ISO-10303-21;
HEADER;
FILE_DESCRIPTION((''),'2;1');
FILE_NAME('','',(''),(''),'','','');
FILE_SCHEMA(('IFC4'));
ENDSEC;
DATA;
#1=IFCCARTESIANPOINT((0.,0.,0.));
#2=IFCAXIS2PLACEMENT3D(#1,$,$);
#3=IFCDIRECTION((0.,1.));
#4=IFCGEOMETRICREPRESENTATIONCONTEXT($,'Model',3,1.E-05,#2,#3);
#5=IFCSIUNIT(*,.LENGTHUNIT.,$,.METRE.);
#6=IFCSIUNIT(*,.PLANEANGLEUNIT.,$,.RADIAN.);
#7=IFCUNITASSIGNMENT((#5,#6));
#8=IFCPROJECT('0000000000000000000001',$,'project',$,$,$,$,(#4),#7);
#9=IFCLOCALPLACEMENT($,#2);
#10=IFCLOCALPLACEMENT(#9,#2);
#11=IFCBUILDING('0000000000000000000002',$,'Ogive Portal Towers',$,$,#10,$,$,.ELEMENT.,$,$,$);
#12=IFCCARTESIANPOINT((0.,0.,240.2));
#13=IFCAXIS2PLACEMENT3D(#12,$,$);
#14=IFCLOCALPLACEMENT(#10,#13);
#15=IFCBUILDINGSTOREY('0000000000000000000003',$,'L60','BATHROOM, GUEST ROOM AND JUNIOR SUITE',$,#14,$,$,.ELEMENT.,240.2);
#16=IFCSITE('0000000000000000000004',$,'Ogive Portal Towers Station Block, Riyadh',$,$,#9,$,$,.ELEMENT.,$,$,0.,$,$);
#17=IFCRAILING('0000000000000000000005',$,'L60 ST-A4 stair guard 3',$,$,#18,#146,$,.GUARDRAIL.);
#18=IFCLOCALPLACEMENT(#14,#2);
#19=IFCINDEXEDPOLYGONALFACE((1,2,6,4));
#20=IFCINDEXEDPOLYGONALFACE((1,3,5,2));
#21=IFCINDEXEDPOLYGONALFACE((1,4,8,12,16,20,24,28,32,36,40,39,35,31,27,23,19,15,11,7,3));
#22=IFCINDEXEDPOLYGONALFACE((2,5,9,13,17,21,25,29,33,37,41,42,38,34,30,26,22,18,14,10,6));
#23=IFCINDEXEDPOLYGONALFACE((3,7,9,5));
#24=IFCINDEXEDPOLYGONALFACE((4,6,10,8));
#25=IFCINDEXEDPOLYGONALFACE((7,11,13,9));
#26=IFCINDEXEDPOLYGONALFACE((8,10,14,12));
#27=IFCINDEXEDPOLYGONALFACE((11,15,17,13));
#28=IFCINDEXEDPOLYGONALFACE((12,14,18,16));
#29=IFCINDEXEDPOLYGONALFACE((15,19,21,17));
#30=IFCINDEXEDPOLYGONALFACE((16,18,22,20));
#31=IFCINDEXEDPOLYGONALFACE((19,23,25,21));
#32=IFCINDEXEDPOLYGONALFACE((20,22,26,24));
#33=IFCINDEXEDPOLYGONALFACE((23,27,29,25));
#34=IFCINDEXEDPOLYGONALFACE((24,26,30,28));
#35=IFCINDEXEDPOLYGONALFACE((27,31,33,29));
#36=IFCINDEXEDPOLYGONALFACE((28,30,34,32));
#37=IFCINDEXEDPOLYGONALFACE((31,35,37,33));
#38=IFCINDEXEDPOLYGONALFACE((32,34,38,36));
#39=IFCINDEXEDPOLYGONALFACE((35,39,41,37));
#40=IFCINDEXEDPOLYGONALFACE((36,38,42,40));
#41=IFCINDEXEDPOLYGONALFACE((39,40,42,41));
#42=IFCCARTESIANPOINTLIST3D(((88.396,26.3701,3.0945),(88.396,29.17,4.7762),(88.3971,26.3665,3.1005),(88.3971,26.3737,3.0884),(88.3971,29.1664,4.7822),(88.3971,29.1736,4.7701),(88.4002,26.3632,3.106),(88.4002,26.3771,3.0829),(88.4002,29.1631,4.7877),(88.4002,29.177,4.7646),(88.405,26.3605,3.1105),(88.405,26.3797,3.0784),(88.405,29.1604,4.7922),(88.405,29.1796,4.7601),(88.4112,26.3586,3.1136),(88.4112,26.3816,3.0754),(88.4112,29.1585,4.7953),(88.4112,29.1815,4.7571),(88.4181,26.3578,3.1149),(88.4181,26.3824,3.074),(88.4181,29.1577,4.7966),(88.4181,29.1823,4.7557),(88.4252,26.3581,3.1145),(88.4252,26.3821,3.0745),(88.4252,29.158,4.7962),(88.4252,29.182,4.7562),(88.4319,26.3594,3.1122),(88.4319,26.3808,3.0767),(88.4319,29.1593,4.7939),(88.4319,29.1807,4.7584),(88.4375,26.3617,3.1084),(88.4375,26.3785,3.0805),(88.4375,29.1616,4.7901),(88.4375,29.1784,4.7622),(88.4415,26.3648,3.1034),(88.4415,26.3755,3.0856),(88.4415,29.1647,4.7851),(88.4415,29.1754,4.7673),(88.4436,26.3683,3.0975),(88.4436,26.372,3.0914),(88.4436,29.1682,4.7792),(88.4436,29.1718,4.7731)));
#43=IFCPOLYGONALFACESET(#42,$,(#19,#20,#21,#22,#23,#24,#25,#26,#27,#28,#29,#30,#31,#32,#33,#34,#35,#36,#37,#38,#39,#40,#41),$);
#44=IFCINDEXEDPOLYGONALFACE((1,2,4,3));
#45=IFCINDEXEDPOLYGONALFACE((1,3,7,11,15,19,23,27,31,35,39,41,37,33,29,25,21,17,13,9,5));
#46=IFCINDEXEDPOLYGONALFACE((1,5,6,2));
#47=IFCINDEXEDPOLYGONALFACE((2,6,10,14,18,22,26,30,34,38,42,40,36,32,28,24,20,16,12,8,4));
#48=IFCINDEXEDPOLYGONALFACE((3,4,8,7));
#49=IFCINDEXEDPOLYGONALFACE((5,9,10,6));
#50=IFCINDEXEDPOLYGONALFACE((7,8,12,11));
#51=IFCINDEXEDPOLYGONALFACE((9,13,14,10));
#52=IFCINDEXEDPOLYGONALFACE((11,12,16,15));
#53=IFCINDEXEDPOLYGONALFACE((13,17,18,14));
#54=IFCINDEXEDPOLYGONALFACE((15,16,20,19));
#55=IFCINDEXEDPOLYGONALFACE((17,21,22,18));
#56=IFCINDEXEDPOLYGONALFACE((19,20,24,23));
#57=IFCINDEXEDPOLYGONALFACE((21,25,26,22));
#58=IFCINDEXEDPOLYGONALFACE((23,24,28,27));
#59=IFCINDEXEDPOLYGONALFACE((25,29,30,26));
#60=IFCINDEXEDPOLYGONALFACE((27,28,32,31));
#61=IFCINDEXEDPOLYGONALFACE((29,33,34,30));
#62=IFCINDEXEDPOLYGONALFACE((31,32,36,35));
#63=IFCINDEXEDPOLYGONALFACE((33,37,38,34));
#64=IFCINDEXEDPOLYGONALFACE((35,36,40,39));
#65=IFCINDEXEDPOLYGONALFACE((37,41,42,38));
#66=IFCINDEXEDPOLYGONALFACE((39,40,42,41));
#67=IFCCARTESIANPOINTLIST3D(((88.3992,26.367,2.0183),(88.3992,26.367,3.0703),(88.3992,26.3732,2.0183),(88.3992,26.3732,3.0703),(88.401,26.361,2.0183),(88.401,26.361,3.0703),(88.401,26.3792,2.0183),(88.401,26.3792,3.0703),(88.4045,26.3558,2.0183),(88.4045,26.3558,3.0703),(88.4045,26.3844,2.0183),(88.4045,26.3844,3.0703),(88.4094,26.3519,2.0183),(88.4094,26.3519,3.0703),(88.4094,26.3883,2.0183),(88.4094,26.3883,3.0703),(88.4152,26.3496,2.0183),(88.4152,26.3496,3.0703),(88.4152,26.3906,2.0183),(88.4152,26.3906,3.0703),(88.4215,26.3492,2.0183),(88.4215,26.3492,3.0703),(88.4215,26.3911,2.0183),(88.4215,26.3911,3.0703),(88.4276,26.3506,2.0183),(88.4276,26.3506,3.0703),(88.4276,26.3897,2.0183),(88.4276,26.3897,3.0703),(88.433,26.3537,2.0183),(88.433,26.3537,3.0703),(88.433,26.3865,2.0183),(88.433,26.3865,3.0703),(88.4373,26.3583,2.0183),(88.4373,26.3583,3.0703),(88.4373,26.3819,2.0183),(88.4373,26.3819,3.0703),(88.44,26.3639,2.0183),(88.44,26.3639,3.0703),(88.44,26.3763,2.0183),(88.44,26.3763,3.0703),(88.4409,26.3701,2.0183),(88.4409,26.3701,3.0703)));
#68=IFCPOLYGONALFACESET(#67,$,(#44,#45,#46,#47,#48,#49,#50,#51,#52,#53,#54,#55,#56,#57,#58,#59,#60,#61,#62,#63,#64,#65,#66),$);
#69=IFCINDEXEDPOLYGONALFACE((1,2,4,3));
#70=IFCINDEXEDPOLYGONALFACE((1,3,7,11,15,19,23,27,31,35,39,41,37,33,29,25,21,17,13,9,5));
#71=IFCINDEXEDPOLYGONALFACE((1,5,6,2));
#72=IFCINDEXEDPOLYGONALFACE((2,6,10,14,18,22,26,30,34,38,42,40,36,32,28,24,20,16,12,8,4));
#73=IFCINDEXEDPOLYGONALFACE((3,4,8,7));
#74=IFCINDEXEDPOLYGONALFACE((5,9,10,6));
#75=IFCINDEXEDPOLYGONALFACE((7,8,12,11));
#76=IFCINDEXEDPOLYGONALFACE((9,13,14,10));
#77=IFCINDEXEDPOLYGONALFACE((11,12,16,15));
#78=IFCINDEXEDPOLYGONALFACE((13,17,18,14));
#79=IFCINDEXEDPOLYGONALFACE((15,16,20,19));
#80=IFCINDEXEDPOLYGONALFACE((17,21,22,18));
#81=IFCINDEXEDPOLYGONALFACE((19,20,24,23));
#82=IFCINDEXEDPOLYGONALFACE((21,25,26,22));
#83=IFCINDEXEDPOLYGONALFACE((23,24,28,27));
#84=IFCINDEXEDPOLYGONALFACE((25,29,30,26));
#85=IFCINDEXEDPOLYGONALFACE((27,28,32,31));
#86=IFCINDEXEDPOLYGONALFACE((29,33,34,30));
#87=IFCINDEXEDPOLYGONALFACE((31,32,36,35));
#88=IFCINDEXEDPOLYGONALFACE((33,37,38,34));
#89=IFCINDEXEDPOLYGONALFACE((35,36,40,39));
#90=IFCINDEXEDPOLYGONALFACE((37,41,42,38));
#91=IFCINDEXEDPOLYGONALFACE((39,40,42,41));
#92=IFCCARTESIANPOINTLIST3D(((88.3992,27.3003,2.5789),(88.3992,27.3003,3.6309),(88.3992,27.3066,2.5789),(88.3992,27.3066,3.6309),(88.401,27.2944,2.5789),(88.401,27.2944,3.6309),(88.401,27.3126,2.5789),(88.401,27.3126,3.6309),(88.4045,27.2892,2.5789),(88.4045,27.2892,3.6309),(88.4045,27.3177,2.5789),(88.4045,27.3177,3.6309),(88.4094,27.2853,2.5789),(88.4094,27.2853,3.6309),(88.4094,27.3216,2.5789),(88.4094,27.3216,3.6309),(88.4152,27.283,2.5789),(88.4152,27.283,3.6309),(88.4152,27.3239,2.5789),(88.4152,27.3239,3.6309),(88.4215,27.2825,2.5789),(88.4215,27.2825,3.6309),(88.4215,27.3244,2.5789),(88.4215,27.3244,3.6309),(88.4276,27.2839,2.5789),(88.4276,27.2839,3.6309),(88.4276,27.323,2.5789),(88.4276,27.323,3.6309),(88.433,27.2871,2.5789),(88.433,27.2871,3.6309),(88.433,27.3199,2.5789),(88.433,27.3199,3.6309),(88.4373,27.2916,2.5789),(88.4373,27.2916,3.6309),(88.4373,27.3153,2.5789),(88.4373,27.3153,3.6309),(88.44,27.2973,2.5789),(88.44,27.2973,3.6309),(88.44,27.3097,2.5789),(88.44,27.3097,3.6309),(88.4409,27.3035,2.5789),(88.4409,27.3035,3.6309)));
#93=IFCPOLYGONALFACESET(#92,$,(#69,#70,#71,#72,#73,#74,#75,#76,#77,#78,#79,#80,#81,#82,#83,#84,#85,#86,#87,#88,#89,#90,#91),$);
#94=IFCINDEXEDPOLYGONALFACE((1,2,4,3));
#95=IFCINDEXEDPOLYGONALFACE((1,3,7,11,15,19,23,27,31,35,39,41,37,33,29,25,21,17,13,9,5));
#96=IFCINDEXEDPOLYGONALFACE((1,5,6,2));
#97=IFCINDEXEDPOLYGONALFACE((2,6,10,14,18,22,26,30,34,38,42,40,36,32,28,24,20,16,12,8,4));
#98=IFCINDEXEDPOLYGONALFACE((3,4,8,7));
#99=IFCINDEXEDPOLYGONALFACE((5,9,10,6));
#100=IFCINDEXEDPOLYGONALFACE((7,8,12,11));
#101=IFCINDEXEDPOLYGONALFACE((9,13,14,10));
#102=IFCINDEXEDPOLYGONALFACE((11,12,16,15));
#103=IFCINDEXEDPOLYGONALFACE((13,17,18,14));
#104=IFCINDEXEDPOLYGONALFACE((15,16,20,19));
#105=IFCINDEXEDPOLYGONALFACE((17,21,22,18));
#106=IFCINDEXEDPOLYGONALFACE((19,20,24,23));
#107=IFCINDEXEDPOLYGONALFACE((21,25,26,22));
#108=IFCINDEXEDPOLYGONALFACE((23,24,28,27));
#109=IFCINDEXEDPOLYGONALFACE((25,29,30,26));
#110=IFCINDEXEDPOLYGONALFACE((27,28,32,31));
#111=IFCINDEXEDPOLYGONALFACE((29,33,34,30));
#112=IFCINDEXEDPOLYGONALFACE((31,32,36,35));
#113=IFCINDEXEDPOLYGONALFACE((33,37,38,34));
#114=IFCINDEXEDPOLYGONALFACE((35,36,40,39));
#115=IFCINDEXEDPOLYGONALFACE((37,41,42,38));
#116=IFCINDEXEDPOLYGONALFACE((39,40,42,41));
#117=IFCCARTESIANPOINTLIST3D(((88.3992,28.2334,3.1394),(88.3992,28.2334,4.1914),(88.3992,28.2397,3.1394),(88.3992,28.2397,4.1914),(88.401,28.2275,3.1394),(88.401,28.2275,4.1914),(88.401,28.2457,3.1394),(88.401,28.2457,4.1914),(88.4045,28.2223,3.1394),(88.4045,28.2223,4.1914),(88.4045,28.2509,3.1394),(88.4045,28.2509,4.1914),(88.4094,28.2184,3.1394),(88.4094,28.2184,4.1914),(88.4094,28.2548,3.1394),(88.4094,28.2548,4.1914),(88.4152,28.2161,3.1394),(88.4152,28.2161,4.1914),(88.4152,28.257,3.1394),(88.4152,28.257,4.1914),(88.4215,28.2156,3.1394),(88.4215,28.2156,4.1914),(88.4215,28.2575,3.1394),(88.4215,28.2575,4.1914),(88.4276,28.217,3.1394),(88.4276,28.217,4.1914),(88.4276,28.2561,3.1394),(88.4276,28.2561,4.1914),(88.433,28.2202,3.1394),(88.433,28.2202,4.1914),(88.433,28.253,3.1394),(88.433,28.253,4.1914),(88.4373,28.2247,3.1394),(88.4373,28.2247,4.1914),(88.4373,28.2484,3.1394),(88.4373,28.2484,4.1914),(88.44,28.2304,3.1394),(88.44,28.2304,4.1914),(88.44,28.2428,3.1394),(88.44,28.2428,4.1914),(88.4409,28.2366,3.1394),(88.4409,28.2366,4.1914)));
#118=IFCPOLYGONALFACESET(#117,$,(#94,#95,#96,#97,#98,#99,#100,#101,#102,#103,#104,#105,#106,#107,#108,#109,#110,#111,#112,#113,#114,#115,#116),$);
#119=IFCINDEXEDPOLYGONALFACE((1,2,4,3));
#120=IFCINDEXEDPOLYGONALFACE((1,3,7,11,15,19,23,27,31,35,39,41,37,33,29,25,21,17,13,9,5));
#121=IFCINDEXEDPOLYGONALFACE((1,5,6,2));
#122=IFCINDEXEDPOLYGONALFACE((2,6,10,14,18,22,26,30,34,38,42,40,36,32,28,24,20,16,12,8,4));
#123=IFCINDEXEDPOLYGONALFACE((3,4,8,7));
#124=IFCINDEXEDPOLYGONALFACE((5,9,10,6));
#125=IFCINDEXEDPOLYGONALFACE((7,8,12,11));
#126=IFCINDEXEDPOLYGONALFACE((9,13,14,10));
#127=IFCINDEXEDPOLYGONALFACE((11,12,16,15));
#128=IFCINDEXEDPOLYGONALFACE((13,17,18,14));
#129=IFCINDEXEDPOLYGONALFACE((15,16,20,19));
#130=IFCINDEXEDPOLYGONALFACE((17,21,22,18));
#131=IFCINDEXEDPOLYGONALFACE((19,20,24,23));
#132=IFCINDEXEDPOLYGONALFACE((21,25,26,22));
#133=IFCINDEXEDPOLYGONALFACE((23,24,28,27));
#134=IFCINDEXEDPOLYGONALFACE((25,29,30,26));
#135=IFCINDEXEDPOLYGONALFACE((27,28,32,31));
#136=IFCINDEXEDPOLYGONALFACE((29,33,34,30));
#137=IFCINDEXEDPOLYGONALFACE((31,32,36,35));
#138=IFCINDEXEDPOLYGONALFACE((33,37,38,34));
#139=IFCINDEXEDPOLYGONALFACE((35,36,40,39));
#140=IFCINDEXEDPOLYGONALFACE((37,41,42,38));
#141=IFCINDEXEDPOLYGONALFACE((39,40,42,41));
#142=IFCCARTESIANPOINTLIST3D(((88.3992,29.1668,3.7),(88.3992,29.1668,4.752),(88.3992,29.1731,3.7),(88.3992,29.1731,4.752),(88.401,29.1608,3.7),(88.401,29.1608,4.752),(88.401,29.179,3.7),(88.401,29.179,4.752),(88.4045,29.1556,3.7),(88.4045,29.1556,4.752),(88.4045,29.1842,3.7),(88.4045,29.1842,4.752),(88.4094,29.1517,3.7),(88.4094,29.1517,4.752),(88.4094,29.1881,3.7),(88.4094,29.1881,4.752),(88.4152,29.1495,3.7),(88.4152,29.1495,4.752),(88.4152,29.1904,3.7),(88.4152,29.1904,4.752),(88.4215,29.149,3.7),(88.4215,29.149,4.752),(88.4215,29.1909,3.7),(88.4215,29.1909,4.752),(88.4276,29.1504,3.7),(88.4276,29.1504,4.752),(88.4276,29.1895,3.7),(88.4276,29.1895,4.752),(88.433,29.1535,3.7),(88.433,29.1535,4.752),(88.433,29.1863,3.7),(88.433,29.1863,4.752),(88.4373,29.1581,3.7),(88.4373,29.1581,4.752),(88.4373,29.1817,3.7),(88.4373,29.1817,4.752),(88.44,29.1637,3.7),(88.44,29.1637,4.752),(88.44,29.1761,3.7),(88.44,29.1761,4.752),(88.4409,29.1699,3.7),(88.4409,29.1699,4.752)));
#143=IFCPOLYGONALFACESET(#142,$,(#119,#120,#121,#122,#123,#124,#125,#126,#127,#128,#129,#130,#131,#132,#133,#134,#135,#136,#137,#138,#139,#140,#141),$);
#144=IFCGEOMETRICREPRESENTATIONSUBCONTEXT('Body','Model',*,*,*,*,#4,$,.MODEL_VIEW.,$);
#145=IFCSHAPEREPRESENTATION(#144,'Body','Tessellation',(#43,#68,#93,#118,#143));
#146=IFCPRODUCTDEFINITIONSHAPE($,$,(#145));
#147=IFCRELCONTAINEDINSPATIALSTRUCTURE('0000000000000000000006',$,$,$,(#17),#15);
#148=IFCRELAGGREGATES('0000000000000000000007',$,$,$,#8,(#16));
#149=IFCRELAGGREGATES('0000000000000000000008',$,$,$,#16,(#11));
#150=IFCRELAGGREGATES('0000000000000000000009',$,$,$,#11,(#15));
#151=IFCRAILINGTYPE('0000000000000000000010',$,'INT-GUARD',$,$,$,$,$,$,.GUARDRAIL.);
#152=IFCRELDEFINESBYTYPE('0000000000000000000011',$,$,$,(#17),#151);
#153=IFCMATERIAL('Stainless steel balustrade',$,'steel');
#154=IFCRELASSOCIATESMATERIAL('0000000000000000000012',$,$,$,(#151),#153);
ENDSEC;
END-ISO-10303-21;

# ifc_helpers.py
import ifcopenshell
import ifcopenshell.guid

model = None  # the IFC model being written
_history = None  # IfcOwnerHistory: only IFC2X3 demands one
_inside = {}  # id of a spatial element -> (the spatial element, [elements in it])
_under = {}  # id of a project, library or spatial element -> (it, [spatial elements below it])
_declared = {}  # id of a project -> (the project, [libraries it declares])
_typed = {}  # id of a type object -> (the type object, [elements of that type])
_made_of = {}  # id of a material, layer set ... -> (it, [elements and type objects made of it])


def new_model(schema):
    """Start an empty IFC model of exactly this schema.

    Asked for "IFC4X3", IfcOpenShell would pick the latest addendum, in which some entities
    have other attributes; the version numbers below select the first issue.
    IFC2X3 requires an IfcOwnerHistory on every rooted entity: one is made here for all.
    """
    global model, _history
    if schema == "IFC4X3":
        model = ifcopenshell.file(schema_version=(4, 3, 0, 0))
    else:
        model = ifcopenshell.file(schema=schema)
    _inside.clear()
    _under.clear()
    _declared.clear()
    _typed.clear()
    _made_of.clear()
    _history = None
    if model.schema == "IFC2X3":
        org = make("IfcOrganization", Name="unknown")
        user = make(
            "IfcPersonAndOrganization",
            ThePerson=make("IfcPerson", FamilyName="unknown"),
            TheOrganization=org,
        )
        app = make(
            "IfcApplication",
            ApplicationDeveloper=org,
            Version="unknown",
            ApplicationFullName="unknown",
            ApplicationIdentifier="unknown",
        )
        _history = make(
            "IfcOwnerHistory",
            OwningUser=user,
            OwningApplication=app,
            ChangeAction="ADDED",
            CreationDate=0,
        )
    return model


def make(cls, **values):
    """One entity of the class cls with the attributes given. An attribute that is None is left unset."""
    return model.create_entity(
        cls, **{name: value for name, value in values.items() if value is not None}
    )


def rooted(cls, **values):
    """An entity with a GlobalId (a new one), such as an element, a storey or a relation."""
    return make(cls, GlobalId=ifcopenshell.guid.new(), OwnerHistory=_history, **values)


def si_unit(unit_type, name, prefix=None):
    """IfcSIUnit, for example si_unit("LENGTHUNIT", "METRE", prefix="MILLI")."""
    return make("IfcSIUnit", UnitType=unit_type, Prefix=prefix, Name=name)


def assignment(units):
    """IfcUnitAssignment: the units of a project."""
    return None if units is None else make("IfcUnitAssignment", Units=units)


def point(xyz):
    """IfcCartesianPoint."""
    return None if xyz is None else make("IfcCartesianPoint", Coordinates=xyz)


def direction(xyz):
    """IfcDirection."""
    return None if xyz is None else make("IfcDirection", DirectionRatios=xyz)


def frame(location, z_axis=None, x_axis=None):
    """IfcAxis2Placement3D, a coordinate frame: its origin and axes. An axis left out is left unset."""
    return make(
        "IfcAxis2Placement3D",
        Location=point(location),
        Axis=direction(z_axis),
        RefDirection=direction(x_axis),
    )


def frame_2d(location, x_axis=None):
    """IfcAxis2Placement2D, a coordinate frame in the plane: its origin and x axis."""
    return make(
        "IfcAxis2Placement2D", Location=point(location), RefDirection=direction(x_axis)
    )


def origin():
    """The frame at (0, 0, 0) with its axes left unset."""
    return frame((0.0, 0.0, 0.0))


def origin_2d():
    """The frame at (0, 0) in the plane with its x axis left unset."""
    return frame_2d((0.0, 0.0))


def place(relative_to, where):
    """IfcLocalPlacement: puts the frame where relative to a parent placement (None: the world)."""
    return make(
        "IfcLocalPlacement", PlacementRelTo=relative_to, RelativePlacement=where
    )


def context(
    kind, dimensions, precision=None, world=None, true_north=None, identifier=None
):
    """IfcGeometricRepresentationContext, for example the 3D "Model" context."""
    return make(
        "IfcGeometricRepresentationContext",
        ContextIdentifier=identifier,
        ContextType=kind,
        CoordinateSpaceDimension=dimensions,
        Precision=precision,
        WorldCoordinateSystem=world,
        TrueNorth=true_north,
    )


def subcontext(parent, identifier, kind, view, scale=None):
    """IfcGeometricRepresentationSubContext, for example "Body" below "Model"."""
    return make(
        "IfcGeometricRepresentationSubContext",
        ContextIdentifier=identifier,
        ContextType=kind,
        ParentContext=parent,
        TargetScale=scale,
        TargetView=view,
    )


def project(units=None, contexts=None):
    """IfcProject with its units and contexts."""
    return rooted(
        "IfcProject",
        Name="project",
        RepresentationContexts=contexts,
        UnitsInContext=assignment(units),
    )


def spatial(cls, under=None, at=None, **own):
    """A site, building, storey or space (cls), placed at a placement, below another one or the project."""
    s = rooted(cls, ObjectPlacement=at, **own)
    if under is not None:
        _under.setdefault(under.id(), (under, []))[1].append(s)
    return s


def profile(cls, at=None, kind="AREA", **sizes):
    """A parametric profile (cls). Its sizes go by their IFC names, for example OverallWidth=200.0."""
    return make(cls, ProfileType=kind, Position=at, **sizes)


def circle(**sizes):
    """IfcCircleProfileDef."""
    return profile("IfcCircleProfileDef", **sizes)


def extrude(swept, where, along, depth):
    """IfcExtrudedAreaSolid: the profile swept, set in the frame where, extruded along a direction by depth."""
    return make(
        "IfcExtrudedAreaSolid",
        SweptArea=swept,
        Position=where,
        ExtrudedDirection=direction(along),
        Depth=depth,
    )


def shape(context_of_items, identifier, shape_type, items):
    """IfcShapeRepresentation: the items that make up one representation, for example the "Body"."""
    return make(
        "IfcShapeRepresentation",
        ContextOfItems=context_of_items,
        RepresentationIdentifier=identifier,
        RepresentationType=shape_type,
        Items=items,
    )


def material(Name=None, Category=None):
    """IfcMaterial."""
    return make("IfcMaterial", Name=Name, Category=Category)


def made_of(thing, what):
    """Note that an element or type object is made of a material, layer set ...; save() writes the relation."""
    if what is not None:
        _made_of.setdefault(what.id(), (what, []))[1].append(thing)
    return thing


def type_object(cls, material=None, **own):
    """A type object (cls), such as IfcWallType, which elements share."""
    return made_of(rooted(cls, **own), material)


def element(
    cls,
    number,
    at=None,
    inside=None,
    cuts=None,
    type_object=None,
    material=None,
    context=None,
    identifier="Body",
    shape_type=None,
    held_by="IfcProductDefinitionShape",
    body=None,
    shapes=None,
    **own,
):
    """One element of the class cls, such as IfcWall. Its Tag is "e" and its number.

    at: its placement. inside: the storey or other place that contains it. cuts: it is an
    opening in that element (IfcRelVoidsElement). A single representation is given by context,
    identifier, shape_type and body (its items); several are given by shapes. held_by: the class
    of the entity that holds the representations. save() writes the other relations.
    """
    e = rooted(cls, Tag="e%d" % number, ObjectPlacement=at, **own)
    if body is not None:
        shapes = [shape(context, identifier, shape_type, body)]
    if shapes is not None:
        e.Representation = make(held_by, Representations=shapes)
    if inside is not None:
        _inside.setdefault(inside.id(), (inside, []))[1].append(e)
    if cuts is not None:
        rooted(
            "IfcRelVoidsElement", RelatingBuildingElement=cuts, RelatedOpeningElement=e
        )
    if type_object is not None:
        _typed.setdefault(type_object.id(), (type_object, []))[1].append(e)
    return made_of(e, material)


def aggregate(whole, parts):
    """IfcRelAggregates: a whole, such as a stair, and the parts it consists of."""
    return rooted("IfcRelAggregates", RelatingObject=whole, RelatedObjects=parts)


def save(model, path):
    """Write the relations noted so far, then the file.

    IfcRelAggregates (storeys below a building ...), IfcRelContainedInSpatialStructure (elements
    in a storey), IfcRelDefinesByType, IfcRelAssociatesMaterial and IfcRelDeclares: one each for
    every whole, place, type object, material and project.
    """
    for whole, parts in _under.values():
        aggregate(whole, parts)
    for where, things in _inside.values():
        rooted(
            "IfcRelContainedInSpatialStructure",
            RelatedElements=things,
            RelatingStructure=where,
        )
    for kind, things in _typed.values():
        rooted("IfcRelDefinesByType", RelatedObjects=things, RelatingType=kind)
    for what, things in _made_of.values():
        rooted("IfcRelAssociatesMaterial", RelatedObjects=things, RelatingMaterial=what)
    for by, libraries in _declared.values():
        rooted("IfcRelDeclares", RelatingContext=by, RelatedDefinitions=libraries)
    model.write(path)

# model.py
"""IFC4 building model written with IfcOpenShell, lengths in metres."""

from ifc_helpers import new_model, si_unit, direction, frame, origin, origin_2d, place, context, subcontext, project, spatial, circle, extrude, material, type_object, element, save


model = new_model("IFC4")

# Units and contexts
model_context = context("Model", 3, precision=1e-05, world=origin(), true_north=direction((0.0, 1.0)))
body_context = subcontext(model_context, "Body", "Model", "MODEL_VIEW")
ifc_project = project(units=[si_unit("LENGTHUNIT", "METRE"), si_unit("PLANEANGLEUNIT", "RADIAN")], contexts=[model_context])

# Site, building, storey
site_placement = place(None, origin())
site = spatial("IfcSite", under=ifc_project, at=site_placement, Name="Ogive Portal Towers Station Block, Riyadh", CompositionType="ELEMENT", RefElevation=0.0)
building_placement = place(site_placement, origin())
building = spatial("IfcBuilding", under=site, at=building_placement, Name="Ogive Portal Towers", CompositionType="ELEMENT")
storey_placement = place(building_placement, frame((0.0, 0.0, 240.2)))
storey = spatial("IfcBuildingStorey", under=building, at=storey_placement, Name="L60", Description="BATHROOM, GUEST ROOM AND JUNIOR SUITE", CompositionType="ELEMENT", Elevation=240.2)

# Railing
ifc_material_1 = material(Name="Stainless steel balustrade", Category="steel")
railing_type_1 = type_object("IfcRailingType", Name="INT-GUARD", PredefinedType="GUARDRAIL", material=ifc_material_1)
railing_1_placement = place(storey_placement, frame((88.4199, 26.3701, 2.0183)))
element("IfcRailing", 1, at=railing_1_placement, inside=storey, type_object=railing_type_1, Name="L60 ST-A4 stair guard 3", PredefinedType="GUARDRAIL", context=body_context, shape_type="SweptSolid", body=[
    extrude(circle(Radius=0.0239, at=origin_2d()), frame((0.0, 0.0, 1.0762), z_axis=(0.0, 0.857255, 0.514891), x_axis=(-1.0, 0.0, 0.0)), (0.0, 0.0, 1.0), 3.2661),
    extrude(circle(Radius=0.021, at=origin_2d()), origin(), (0.0, 0.0, 1.0), 1.052),
    extrude(circle(Radius=0.021, at=origin_2d()), frame((0.0, 0.9333, 0.5605)), (0.0, 0.0, 1.0), 1.052),
    extrude(circle(Radius=0.021, at=origin_2d()), frame((0.0, 1.8665, 1.1211)), (0.0, 0.0, 1.0), 1.052),
    extrude(circle(Radius=0.021, at=origin_2d()), frame((0.0, 2.7998, 1.6816)), (0.0, 0.0, 1.0), 1.052),
])

save(model, "model.ifc")
